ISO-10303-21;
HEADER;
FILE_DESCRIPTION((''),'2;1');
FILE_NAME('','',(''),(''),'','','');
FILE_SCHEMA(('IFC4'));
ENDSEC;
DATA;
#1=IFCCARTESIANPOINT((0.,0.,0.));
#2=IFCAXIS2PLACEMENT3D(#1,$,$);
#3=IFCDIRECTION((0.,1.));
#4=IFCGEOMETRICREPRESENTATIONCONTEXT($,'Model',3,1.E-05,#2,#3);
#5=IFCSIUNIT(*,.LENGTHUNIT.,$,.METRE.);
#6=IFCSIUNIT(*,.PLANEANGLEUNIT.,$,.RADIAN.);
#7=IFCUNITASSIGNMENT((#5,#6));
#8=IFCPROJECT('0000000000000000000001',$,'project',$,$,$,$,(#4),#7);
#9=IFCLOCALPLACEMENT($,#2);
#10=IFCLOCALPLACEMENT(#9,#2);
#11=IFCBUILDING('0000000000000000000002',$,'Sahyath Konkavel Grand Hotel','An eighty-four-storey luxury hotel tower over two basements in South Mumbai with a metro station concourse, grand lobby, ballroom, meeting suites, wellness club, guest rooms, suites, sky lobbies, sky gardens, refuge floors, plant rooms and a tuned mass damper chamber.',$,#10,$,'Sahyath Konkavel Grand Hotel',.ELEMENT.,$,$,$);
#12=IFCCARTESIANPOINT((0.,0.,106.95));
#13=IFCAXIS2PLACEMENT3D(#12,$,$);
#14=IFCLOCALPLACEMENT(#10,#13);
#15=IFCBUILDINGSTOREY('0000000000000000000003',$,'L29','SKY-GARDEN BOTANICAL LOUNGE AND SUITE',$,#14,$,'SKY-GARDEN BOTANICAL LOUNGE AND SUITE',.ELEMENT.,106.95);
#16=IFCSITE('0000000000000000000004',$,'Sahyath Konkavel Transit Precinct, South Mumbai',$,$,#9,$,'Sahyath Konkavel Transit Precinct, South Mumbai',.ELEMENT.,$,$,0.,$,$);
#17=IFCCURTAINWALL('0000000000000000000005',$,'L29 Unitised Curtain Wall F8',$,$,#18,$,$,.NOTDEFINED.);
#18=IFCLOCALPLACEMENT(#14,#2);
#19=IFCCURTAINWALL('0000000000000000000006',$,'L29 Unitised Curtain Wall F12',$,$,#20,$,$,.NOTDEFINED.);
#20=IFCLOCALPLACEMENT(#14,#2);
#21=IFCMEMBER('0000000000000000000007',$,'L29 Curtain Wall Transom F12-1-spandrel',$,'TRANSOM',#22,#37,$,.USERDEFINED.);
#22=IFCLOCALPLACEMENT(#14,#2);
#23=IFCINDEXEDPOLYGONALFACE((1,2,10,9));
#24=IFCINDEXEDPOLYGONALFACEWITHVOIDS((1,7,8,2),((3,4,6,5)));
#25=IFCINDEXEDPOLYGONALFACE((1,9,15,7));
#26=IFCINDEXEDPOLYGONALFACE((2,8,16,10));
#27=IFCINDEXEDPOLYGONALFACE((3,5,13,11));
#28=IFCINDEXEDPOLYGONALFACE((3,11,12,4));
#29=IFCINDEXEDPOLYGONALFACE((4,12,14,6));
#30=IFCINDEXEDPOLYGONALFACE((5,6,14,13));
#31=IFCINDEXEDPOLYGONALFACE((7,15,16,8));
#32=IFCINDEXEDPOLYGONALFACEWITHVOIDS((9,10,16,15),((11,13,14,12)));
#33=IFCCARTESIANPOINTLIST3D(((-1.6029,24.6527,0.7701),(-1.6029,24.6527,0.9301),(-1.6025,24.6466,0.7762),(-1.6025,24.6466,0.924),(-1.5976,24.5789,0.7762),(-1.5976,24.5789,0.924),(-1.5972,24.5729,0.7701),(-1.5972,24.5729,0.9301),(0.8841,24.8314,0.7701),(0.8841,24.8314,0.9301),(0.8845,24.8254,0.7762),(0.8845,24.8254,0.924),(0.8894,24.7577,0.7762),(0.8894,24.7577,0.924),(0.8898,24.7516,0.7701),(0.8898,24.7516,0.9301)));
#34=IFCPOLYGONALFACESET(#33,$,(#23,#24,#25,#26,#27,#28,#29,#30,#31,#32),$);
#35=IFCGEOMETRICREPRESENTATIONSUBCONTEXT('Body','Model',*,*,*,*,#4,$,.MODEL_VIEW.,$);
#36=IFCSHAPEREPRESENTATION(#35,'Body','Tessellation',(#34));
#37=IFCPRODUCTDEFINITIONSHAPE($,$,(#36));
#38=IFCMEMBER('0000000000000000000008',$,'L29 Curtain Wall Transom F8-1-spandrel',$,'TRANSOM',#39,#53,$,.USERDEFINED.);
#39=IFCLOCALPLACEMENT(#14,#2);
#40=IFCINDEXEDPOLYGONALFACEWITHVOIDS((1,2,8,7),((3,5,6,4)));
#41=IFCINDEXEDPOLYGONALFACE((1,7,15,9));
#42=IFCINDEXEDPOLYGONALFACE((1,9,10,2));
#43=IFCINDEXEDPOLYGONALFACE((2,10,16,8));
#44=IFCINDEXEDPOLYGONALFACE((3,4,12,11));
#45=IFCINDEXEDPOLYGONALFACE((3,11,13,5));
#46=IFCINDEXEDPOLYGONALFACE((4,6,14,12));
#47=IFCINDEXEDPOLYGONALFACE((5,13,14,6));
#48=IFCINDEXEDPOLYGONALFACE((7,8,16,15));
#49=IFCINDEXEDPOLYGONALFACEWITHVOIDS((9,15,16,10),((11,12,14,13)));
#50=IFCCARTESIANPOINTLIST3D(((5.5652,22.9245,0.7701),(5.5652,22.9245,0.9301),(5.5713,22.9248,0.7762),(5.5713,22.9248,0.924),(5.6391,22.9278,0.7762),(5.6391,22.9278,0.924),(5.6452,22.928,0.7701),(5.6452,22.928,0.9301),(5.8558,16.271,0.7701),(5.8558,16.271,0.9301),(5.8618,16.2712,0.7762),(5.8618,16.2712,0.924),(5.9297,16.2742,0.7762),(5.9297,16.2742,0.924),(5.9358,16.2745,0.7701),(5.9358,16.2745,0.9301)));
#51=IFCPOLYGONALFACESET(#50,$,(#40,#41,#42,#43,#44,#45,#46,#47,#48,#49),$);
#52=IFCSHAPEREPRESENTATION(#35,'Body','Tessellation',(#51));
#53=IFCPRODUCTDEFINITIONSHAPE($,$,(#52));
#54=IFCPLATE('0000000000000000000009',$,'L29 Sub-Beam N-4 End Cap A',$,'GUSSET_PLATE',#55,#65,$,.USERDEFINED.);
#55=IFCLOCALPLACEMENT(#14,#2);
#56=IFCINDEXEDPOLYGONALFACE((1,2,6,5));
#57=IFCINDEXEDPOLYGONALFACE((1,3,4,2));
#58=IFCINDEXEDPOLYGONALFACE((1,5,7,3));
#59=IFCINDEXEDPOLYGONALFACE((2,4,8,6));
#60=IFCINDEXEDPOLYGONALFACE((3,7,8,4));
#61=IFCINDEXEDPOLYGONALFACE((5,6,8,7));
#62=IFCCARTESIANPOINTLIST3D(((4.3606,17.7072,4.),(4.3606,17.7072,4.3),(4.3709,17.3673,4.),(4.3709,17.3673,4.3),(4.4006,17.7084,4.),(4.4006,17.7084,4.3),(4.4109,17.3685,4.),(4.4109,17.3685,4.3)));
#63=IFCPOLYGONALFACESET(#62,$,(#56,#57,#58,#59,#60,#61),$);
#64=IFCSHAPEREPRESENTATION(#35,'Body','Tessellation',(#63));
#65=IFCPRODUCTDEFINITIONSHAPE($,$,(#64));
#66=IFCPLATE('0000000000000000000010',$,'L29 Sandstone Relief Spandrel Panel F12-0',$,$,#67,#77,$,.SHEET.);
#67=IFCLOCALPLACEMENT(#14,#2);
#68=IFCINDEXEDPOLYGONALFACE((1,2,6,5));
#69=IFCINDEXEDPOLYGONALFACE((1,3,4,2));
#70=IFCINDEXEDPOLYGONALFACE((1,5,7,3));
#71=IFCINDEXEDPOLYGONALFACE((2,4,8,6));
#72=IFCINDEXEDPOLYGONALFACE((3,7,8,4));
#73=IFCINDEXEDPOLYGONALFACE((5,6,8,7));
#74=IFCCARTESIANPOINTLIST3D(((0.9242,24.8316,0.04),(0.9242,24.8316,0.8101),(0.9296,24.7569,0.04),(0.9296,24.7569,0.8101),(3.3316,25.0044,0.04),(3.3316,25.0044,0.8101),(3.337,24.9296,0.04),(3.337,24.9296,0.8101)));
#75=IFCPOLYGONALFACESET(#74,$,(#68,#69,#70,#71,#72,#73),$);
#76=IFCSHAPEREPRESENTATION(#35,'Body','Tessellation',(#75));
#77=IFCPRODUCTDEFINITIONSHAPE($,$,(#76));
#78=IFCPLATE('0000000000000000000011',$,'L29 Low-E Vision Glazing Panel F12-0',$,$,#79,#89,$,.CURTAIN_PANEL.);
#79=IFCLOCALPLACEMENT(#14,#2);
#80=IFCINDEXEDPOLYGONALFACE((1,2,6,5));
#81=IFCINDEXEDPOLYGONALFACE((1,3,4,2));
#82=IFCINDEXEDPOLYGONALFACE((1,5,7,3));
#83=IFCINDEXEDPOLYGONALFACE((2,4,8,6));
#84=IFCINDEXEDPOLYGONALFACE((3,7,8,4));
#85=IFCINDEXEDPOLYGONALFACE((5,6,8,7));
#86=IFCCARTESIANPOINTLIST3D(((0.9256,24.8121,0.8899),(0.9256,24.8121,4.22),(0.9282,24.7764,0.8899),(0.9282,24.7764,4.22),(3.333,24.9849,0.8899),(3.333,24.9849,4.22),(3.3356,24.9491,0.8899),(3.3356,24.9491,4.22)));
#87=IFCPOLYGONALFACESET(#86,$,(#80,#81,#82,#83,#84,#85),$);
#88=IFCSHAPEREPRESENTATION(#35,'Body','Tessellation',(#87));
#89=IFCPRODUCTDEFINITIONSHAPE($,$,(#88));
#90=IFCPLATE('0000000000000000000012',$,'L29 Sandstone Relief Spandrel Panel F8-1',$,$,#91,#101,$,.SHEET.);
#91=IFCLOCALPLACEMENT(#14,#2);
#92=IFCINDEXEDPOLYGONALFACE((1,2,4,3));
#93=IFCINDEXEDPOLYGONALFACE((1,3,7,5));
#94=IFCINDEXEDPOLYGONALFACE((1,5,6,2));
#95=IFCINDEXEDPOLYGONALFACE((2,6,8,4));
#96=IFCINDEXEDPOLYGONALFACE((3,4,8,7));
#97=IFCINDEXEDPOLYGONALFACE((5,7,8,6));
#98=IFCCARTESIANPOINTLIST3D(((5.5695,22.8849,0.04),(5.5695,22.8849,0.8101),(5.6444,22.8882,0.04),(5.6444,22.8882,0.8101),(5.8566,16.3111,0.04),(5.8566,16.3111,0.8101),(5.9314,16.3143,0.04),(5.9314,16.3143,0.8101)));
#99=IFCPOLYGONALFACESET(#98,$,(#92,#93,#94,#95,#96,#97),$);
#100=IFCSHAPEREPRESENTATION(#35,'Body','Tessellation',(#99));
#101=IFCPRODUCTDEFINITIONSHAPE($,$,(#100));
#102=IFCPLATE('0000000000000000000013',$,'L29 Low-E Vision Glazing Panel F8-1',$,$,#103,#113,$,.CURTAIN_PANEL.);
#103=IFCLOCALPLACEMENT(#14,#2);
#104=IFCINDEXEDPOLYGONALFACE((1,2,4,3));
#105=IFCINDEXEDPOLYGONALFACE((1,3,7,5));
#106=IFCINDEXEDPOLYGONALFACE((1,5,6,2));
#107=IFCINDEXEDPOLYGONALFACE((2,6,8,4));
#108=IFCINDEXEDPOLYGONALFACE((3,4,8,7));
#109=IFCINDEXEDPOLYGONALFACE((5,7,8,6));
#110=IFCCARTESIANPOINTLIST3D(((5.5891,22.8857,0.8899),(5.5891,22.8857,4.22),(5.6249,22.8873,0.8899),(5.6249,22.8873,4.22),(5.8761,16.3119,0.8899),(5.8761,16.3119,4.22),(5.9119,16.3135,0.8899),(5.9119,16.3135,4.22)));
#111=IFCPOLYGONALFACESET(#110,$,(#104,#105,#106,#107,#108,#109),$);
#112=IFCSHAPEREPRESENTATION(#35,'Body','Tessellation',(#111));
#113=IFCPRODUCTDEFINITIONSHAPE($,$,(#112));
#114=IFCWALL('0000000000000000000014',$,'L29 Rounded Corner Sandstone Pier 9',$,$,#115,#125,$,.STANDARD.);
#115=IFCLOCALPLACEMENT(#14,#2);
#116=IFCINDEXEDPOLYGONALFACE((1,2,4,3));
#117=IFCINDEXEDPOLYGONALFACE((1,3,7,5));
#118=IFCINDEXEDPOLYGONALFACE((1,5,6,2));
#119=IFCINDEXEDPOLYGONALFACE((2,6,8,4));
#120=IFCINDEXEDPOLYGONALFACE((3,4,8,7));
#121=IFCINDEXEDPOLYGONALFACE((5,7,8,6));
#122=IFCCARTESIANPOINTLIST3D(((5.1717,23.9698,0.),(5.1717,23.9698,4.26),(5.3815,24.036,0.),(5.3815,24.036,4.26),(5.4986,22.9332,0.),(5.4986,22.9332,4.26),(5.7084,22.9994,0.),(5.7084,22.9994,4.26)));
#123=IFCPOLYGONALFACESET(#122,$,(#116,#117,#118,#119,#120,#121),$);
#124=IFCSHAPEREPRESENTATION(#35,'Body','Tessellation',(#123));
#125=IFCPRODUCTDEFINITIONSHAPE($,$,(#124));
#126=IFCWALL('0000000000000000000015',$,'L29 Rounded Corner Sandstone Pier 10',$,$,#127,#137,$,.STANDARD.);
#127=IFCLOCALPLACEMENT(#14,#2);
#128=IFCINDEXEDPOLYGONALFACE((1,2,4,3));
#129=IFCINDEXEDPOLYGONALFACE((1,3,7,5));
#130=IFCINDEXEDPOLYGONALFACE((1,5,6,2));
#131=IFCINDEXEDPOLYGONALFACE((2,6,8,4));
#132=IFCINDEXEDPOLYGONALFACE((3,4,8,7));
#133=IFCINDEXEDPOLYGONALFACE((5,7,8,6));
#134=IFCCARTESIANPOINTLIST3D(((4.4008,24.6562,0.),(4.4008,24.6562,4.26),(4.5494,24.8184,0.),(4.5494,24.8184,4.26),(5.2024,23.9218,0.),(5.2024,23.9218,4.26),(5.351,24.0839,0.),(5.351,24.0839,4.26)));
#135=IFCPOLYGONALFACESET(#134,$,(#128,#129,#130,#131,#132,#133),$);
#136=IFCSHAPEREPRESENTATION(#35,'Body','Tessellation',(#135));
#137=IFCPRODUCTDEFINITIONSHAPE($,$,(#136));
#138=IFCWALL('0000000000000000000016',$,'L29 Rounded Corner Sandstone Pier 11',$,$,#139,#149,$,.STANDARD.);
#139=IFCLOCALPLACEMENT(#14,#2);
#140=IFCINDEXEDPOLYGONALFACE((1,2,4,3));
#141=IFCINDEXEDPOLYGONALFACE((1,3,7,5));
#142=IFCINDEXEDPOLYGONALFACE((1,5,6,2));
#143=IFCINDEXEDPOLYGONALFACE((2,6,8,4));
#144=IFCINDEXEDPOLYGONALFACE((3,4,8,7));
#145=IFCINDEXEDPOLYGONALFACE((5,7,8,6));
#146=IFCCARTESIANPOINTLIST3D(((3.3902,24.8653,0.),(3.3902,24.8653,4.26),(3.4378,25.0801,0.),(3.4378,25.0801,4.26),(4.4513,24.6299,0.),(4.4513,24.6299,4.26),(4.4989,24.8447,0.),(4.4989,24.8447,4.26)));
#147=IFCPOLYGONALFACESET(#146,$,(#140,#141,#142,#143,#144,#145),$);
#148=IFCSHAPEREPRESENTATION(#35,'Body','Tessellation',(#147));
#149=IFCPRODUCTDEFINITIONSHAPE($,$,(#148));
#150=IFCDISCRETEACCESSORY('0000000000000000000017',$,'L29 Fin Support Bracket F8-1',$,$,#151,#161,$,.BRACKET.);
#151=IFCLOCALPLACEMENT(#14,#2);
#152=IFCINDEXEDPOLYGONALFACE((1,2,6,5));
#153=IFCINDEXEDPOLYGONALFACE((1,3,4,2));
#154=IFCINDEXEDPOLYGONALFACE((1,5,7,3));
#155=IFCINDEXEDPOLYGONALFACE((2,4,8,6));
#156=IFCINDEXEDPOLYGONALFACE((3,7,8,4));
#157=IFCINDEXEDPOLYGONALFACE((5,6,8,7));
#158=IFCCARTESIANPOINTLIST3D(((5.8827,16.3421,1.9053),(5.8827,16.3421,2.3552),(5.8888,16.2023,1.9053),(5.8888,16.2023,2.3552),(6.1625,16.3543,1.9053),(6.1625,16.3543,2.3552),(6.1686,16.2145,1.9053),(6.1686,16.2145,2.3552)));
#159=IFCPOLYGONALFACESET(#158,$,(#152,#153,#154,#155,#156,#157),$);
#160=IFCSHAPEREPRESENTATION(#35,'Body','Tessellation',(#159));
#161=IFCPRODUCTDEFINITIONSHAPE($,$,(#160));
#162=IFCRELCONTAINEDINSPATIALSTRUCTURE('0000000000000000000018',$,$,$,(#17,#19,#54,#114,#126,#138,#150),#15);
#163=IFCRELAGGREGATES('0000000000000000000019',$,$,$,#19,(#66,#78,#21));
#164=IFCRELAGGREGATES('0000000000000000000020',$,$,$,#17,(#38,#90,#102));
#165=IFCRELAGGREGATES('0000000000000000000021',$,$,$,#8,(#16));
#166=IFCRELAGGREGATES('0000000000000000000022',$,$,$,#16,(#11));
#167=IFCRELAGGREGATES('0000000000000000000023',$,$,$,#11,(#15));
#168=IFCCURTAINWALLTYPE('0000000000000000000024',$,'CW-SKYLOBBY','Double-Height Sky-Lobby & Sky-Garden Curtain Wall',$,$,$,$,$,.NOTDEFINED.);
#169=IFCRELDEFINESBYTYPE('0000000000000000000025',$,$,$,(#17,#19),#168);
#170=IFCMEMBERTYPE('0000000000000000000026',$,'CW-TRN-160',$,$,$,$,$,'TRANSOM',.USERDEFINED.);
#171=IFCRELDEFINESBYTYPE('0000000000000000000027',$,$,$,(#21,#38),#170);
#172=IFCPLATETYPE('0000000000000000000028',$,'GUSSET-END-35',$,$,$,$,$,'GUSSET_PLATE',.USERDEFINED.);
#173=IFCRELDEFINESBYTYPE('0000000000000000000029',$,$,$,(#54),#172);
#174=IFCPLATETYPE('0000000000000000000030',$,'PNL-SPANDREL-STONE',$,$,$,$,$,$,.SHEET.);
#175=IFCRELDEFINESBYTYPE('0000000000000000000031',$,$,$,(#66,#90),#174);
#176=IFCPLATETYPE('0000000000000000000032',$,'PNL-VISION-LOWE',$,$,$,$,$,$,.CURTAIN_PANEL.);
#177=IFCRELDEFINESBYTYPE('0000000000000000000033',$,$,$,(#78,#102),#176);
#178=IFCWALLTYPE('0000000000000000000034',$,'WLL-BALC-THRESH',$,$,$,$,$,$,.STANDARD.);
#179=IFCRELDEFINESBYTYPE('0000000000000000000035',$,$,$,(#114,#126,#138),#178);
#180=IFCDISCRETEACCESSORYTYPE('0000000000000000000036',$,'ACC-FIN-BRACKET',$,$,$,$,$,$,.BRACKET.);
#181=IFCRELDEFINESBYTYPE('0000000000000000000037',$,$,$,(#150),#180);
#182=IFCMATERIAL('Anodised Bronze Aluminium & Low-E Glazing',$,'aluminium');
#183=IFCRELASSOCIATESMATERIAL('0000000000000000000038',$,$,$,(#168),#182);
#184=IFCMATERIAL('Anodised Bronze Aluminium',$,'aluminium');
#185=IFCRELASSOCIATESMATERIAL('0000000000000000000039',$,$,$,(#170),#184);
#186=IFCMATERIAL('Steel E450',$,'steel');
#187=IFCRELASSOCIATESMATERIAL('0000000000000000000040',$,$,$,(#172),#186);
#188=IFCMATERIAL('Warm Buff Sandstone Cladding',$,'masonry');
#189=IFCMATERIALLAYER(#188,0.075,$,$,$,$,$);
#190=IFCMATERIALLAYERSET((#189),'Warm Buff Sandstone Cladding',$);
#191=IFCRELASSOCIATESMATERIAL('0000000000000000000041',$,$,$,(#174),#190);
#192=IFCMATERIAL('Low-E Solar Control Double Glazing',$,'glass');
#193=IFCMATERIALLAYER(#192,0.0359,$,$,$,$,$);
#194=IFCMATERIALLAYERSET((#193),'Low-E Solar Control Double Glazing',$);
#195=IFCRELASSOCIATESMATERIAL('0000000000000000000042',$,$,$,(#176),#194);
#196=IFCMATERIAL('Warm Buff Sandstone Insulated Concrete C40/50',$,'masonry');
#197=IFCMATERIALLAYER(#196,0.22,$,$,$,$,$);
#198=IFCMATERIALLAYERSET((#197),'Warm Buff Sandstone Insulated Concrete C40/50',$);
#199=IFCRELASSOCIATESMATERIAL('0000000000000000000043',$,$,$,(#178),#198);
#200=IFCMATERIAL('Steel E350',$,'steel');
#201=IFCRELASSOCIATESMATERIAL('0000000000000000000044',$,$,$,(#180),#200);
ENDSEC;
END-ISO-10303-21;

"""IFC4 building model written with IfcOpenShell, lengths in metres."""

from ifc_helpers import new_model, si_unit, direction, frame, frame_2d, origin, origin_2d, place, context, subcontext, project, spatial, rectangle, hollow_rectangle, extrude, source, transform, mapped, material, layer, layer_set, material_profile, profile_set, type_object, element, aggregate, save


model = new_model("IFC4")

# Units and contexts
model_context = context("Model", 3, precision=1e-05, world=origin(), true_north=direction((0.0, 1.0)))
body_context = subcontext(model_context, "Body", "Model", "MODEL_VIEW")
ifc_project = project(units=[si_unit("LENGTHUNIT", "METRE"), si_unit("PLANEANGLEUNIT", "RADIAN")], contexts=[model_context])

# Site, building, storey
site_placement = place(None, origin())
site = spatial("IfcSite", under=ifc_project, at=site_placement, Name="Sahyath Konkavel Transit Precinct, South Mumbai", LongName="Sahyath Konkavel Transit Precinct, South Mumbai", CompositionType="ELEMENT", RefElevation=0.0)
building_placement = place(site_placement, origin())
building = spatial("IfcBuilding", under=site, at=building_placement, Name="Sahyath Konkavel Grand Hotel", Description="An eighty-four-storey luxury hotel tower over two basements in South Mumbai with a metro station concourse, grand lobby, ballroom, meeting suites, wellness club, guest rooms, suites, sky lobbies, sky gardens, refuge floors, plant rooms and a tuned mass damper chamber.", LongName="Sahyath Konkavel Grand Hotel", CompositionType="ELEMENT")
storey_placement = place(building_placement, frame((0.0, 0.0, 106.95)))
storey = spatial("IfcBuildingStorey", under=building, at=storey_placement, Name="L29", Description="SKY-GARDEN BOTANICAL LOUNGE AND SUITE", LongName="SKY-GARDEN BOTANICAL LOUNGE AND SUITE", CompositionType="ELEMENT", Elevation=106.95)

# Shared definitions
ifc_material_1 = material(Name="Steel E350", Category="steel")

# Curtain walls
ifc_material_2 = material(Name="Anodised Bronze Aluminium & Low-E Glazing", Category="aluminium")
curtain_wall_type = type_object("IfcCurtainWallType", Name="CW-SKYLOBBY", Description="Double-Height Sky-Lobby & Sky-Garden Curtain Wall", PredefinedType="NOTDEFINED", material=ifc_material_2)
curtain_wall_1_placement = place(storey_placement, origin())
curtain_wall_1 = element("IfcCurtainWall", 1, at=curtain_wall_1_placement, inside=storey, type_object=curtain_wall_type, Name="L29 Unitised Curtain Wall F8", PredefinedType="NOTDEFINED")
ifc_material_3 = material(Name="Anodised Bronze Aluminium", Category="aluminium")
curtain_wall_2_placement = place(storey_placement, origin())
curtain_wall_2 = element("IfcCurtainWall", 2, at=curtain_wall_2_placement, inside=storey, type_object=curtain_wall_type, Name="L29 Unitised Curtain Wall F12", PredefinedType="NOTDEFINED")

# Members
ifc_material_profile_1 = material_profile(ifc_material_3, hollow_rectangle(XDim=0.0801, YDim=0.1599, WallThickness=0.0061, at=origin_2d()), Name="RHS 160x80x6")
ifc_profile_set_1 = profile_set([ifc_material_profile_1], Name="Anodised Bronze Aluminium")
member_type_1 = type_object("IfcMemberType", Name="CW-TRN-160", ElementType="TRANSOM", PredefinedType="USERDEFINED", material=ifc_profile_set_1)
shared_shape_1 = source(origin(), body_context, "Body", "SweptSolid", [
    extrude(hollow_rectangle(XDim=0.0801, YDim=0.1599, WallThickness=0.0061, at=origin_2d()), origin(), (0.0, 0.0, 1.0), 2.4934),
])
member_1_placement = place(storey_placement, frame((0.887, 24.7915, 0.8501), z_axis=(-0.997428, -0.071671, 0.0), x_axis=(0.071671, -0.997428, 0.0)))
member_1 = element("IfcMember", 3, at=member_1_placement, type_object=member_type_1, Name="L29 Curtain Wall Transom F12-1-spandrel", ObjectType="TRANSOM", PredefinedType="USERDEFINED", context=body_context, shape_type="MappedRepresentation", body=[
    mapped(shared_shape_1, transform((0.0, 0.0, 0.0), scale=1.0)),
])
shared_shape_2 = source(origin(), body_context, "Body", "SweptSolid", [
    extrude(hollow_rectangle(XDim=0.0801, YDim=0.1599, WallThickness=0.0061, at=origin_2d()), origin(), (0.0, 0.0, 1.0), 6.6599),
])
member_2_placement = place(storey_placement, frame((5.8958, 16.2727, 0.8501), z_axis=(-0.043623, 0.999048, 0.0), x_axis=(-0.999048, -0.043623, 0.0)))
member_2 = element("IfcMember", 4, at=member_2_placement, type_object=member_type_1, Name="L29 Curtain Wall Transom F8-1-spandrel", ObjectType="TRANSOM", PredefinedType="USERDEFINED", context=body_context, shape_type="MappedRepresentation", body=[
    mapped(shared_shape_2, transform((0.0, 0.0, 0.0), scale=1.0)),
])

# Plates
ifc_material_4 = material(Name="Steel E450", Category="steel")
plate_type_1 = type_object("IfcPlateType", Name="GUSSET-END-35", ElementType="GUSSET_PLATE", PredefinedType="USERDEFINED", material=ifc_material_4)
shared_shape_3 = source(origin(), body_context, "Body", "SweptSolid", [
    extrude(rectangle(XDim=0.04, YDim=0.3401, at=origin_2d()), origin(), (0.0, 0.0, 1.0), 0.3),
])
plate_1_placement = place(storey_placement, frame((4.3857, 17.5378, 4.0), z_axis=(0.0, 0.0, 1.0), x_axis=(-0.999542, -0.030277, 0.0)))
element("IfcPlate", 5, at=plate_1_placement, inside=storey, type_object=plate_type_1, Name="L29 Sub-Beam N-4 End Cap A", ObjectType="GUSSET_PLATE", PredefinedType="USERDEFINED", context=body_context, shape_type="MappedRepresentation", body=[
    mapped(shared_shape_3, transform((0.0, 0.0, 0.0), scale=1.0)),
])
ifc_material_5 = material(Name="Warm Buff Sandstone Cladding", Category="masonry")
ifc_layer_1 = layer(ifc_material_5, 0.075)
ifc_layer_set_1 = layer_set([ifc_layer_1], Name="Warm Buff Sandstone Cladding")
plate_type_2 = type_object("IfcPlateType", Name="PNL-SPANDREL-STONE", PredefinedType="SHEET", material=ifc_layer_set_1)
shared_shape_4 = source(origin(), body_context, "Body", "SweptSolid", [
    extrude(rectangle(XDim=2.4136, YDim=0.075, at=origin_2d()), origin(), (0.0, 0.0, 1.0), 0.77),
])
plate_2_placement = place(storey_placement, frame((2.1306, 24.8806, 0.04), z_axis=(0.0, 0.0, 1.0), x_axis=(-0.997436, -0.071567, 0.0)))
plate_2 = element("IfcPlate", 6, at=plate_2_placement, type_object=plate_type_2, Name="L29 Sandstone Relief Spandrel Panel F12-0", PredefinedType="SHEET", context=body_context, shape_type="MappedRepresentation", body=[
    mapped(shared_shape_4, transform((0.0, 0.0, 0.0), scale=1.0)),
])
ifc_material_6 = material(Name="Low-E Solar Control Double Glazing", Category="glass")
ifc_layer_2 = layer(ifc_material_6, 0.0359)
ifc_layer_set_2 = layer_set([ifc_layer_2], Name="Low-E Solar Control Double Glazing")
plate_type_3 = type_object("IfcPlateType", Name="PNL-VISION-LOWE", PredefinedType="CURTAIN_PANEL", material=ifc_layer_set_2)
shared_shape_5 = source(origin(), body_context, "Body", "SweptSolid", [
    extrude(rectangle(XDim=2.4136, YDim=0.0359, at=origin_2d()), origin(), (0.0, 0.0, 1.0), 3.3301),
])
plate_3_placement = place(storey_placement, frame((2.1306, 24.8806, 0.8899), z_axis=(0.0, 0.0, 1.0), x_axis=(-0.997436, -0.071567, 0.0)))
plate_3 = element("IfcPlate", 7, at=plate_3_placement, type_object=plate_type_3, Name="L29 Low-E Vision Glazing Panel F12-0", PredefinedType="CURTAIN_PANEL", context=body_context, shape_type="MappedRepresentation", body=[
    mapped(shared_shape_5, transform((0.0, 0.0, 0.0), scale=1.0)),
])
aggregate(curtain_wall_2, [plate_2, plate_3, member_1])
shared_shape_6 = source(origin(), body_context, "Body", "SweptSolid", [
    extrude(rectangle(XDim=6.5801, YDim=0.075, at=origin_2d()), origin(), (0.0, 0.0, 1.0), 0.77),
])
plate_4_placement = place(storey_placement, frame((5.7505, 19.5996, 0.04), z_axis=(0.0, 0.0, 1.0), x_axis=(-0.043619, 0.999048, 0.0)))
plate_4 = element("IfcPlate", 8, at=plate_4_placement, type_object=plate_type_2, Name="L29 Sandstone Relief Spandrel Panel F8-1", PredefinedType="SHEET", context=body_context, shape_type="MappedRepresentation", body=[
    mapped(shared_shape_6, transform((0.0, 0.0, 0.0), scale=1.0)),
])
shared_shape_7 = source(origin(), body_context, "Body", "SweptSolid", [
    extrude(rectangle(XDim=6.5801, YDim=0.0359, at=origin_2d()), origin(), (0.0, 0.0, 1.0), 3.3301),
])
plate_5_placement = place(storey_placement, frame((5.7505, 19.5996, 0.8899), z_axis=(0.0, 0.0, 1.0), x_axis=(-0.043619, 0.999048, 0.0)))
plate_5 = element("IfcPlate", 9, at=plate_5_placement, type_object=plate_type_3, Name="L29 Low-E Vision Glazing Panel F8-1", PredefinedType="CURTAIN_PANEL", context=body_context, shape_type="MappedRepresentation", body=[
    mapped(shared_shape_7, transform((0.0, 0.0, 0.0), scale=1.0)),
])
aggregate(curtain_wall_1, [member_2, plate_4, plate_5])

# Walls
ifc_material_7 = material(Name="Warm Buff Sandstone Insulated Concrete C40/50", Category="masonry")
ifc_layer_3 = layer(ifc_material_7, 0.22)
ifc_layer_set_3 = layer_set([ifc_layer_3], Name="Warm Buff Sandstone Insulated Concrete C40/50")
wall_type = type_object("IfcWallType", Name="WLL-BALC-THRESH", PredefinedType="STANDARD", material=ifc_layer_set_3)
wall_1_placement = place(storey_placement, frame((5.6035, 22.9663, 0.0), z_axis=(0.0, 0.0, 1.0), x_axis=(-0.300755, 0.953701, 0.0)))
element("IfcWall", 10, at=wall_1_placement, inside=storey, type_object=wall_type, Name="L29 Rounded Corner Sandstone Pier 9", PredefinedType="STANDARD", context=body_context, shape_type="SweptSolid", body=[
    extrude(rectangle(XDim=1.0869, YDim=0.22, at=frame_2d((0.5435, 0.0))), origin(), (0.0, 0.0, 1.0), 4.26),
])
wall_2_placement = place(storey_placement, frame((5.2766, 24.0029, 0.0), z_axis=(0.0, 0.0, 1.0), x_axis=(-0.737313, 0.675552, 0.0)))
element("IfcWall", 11, at=wall_2_placement, inside=storey, type_object=wall_type, Name="L29 Rounded Corner Sandstone Pier 10", PredefinedType="STANDARD", context=body_context, shape_type="SweptSolid", body=[
    extrude(rectangle(XDim=1.0872, YDim=0.22, at=frame_2d((0.5435, 0.0))), origin(), (0.0, 0.0, 1.0), 4.26),
])
wall_3_placement = place(storey_placement, frame((4.4751, 24.7373, 0.0), z_axis=(0.0, 0.0, 1.0), x_axis=(-0.976272, 0.21655, 0.0)))
element("IfcWall", 12, at=wall_3_placement, inside=storey, type_object=wall_type, Name="L29 Rounded Corner Sandstone Pier 11", PredefinedType="STANDARD", context=body_context, shape_type="SweptSolid", body=[
    extrude(rectangle(XDim=1.0869, YDim=0.22, at=frame_2d((0.5435, 0.0))), origin(), (0.0, 0.0, 1.0), 4.26),
])

# Discrete accessory
discrete_accessory_type = type_object("IfcDiscreteAccessoryType", Name="ACC-FIN-BRACKET", PredefinedType="BRACKET", material=ifc_material_1)
shared_shape_8 = source(origin(), body_context, "Body", "SweptSolid", [
    extrude(rectangle(XDim=0.28, YDim=0.1399, at=origin_2d()), origin(), (0.0, 0.0, 1.0), 0.45),
])
discrete_accessory_placement = place(storey_placement, frame((6.0256, 16.2783, 1.9053), z_axis=(0.0, 0.0, 1.0), x_axis=(0.999048, 0.043619, 0.0)))
element("IfcDiscreteAccessory", 13, at=discrete_accessory_placement, inside=storey, type_object=discrete_accessory_type, Name="L29 Fin Support Bracket F8-1", PredefinedType="BRACKET", context=body_context, shape_type="MappedRepresentation", body=[
    mapped(shared_shape_8, transform((0.0, 0.0, 0.0), scale=1.0)),
])

save(model, "model.ifc")
